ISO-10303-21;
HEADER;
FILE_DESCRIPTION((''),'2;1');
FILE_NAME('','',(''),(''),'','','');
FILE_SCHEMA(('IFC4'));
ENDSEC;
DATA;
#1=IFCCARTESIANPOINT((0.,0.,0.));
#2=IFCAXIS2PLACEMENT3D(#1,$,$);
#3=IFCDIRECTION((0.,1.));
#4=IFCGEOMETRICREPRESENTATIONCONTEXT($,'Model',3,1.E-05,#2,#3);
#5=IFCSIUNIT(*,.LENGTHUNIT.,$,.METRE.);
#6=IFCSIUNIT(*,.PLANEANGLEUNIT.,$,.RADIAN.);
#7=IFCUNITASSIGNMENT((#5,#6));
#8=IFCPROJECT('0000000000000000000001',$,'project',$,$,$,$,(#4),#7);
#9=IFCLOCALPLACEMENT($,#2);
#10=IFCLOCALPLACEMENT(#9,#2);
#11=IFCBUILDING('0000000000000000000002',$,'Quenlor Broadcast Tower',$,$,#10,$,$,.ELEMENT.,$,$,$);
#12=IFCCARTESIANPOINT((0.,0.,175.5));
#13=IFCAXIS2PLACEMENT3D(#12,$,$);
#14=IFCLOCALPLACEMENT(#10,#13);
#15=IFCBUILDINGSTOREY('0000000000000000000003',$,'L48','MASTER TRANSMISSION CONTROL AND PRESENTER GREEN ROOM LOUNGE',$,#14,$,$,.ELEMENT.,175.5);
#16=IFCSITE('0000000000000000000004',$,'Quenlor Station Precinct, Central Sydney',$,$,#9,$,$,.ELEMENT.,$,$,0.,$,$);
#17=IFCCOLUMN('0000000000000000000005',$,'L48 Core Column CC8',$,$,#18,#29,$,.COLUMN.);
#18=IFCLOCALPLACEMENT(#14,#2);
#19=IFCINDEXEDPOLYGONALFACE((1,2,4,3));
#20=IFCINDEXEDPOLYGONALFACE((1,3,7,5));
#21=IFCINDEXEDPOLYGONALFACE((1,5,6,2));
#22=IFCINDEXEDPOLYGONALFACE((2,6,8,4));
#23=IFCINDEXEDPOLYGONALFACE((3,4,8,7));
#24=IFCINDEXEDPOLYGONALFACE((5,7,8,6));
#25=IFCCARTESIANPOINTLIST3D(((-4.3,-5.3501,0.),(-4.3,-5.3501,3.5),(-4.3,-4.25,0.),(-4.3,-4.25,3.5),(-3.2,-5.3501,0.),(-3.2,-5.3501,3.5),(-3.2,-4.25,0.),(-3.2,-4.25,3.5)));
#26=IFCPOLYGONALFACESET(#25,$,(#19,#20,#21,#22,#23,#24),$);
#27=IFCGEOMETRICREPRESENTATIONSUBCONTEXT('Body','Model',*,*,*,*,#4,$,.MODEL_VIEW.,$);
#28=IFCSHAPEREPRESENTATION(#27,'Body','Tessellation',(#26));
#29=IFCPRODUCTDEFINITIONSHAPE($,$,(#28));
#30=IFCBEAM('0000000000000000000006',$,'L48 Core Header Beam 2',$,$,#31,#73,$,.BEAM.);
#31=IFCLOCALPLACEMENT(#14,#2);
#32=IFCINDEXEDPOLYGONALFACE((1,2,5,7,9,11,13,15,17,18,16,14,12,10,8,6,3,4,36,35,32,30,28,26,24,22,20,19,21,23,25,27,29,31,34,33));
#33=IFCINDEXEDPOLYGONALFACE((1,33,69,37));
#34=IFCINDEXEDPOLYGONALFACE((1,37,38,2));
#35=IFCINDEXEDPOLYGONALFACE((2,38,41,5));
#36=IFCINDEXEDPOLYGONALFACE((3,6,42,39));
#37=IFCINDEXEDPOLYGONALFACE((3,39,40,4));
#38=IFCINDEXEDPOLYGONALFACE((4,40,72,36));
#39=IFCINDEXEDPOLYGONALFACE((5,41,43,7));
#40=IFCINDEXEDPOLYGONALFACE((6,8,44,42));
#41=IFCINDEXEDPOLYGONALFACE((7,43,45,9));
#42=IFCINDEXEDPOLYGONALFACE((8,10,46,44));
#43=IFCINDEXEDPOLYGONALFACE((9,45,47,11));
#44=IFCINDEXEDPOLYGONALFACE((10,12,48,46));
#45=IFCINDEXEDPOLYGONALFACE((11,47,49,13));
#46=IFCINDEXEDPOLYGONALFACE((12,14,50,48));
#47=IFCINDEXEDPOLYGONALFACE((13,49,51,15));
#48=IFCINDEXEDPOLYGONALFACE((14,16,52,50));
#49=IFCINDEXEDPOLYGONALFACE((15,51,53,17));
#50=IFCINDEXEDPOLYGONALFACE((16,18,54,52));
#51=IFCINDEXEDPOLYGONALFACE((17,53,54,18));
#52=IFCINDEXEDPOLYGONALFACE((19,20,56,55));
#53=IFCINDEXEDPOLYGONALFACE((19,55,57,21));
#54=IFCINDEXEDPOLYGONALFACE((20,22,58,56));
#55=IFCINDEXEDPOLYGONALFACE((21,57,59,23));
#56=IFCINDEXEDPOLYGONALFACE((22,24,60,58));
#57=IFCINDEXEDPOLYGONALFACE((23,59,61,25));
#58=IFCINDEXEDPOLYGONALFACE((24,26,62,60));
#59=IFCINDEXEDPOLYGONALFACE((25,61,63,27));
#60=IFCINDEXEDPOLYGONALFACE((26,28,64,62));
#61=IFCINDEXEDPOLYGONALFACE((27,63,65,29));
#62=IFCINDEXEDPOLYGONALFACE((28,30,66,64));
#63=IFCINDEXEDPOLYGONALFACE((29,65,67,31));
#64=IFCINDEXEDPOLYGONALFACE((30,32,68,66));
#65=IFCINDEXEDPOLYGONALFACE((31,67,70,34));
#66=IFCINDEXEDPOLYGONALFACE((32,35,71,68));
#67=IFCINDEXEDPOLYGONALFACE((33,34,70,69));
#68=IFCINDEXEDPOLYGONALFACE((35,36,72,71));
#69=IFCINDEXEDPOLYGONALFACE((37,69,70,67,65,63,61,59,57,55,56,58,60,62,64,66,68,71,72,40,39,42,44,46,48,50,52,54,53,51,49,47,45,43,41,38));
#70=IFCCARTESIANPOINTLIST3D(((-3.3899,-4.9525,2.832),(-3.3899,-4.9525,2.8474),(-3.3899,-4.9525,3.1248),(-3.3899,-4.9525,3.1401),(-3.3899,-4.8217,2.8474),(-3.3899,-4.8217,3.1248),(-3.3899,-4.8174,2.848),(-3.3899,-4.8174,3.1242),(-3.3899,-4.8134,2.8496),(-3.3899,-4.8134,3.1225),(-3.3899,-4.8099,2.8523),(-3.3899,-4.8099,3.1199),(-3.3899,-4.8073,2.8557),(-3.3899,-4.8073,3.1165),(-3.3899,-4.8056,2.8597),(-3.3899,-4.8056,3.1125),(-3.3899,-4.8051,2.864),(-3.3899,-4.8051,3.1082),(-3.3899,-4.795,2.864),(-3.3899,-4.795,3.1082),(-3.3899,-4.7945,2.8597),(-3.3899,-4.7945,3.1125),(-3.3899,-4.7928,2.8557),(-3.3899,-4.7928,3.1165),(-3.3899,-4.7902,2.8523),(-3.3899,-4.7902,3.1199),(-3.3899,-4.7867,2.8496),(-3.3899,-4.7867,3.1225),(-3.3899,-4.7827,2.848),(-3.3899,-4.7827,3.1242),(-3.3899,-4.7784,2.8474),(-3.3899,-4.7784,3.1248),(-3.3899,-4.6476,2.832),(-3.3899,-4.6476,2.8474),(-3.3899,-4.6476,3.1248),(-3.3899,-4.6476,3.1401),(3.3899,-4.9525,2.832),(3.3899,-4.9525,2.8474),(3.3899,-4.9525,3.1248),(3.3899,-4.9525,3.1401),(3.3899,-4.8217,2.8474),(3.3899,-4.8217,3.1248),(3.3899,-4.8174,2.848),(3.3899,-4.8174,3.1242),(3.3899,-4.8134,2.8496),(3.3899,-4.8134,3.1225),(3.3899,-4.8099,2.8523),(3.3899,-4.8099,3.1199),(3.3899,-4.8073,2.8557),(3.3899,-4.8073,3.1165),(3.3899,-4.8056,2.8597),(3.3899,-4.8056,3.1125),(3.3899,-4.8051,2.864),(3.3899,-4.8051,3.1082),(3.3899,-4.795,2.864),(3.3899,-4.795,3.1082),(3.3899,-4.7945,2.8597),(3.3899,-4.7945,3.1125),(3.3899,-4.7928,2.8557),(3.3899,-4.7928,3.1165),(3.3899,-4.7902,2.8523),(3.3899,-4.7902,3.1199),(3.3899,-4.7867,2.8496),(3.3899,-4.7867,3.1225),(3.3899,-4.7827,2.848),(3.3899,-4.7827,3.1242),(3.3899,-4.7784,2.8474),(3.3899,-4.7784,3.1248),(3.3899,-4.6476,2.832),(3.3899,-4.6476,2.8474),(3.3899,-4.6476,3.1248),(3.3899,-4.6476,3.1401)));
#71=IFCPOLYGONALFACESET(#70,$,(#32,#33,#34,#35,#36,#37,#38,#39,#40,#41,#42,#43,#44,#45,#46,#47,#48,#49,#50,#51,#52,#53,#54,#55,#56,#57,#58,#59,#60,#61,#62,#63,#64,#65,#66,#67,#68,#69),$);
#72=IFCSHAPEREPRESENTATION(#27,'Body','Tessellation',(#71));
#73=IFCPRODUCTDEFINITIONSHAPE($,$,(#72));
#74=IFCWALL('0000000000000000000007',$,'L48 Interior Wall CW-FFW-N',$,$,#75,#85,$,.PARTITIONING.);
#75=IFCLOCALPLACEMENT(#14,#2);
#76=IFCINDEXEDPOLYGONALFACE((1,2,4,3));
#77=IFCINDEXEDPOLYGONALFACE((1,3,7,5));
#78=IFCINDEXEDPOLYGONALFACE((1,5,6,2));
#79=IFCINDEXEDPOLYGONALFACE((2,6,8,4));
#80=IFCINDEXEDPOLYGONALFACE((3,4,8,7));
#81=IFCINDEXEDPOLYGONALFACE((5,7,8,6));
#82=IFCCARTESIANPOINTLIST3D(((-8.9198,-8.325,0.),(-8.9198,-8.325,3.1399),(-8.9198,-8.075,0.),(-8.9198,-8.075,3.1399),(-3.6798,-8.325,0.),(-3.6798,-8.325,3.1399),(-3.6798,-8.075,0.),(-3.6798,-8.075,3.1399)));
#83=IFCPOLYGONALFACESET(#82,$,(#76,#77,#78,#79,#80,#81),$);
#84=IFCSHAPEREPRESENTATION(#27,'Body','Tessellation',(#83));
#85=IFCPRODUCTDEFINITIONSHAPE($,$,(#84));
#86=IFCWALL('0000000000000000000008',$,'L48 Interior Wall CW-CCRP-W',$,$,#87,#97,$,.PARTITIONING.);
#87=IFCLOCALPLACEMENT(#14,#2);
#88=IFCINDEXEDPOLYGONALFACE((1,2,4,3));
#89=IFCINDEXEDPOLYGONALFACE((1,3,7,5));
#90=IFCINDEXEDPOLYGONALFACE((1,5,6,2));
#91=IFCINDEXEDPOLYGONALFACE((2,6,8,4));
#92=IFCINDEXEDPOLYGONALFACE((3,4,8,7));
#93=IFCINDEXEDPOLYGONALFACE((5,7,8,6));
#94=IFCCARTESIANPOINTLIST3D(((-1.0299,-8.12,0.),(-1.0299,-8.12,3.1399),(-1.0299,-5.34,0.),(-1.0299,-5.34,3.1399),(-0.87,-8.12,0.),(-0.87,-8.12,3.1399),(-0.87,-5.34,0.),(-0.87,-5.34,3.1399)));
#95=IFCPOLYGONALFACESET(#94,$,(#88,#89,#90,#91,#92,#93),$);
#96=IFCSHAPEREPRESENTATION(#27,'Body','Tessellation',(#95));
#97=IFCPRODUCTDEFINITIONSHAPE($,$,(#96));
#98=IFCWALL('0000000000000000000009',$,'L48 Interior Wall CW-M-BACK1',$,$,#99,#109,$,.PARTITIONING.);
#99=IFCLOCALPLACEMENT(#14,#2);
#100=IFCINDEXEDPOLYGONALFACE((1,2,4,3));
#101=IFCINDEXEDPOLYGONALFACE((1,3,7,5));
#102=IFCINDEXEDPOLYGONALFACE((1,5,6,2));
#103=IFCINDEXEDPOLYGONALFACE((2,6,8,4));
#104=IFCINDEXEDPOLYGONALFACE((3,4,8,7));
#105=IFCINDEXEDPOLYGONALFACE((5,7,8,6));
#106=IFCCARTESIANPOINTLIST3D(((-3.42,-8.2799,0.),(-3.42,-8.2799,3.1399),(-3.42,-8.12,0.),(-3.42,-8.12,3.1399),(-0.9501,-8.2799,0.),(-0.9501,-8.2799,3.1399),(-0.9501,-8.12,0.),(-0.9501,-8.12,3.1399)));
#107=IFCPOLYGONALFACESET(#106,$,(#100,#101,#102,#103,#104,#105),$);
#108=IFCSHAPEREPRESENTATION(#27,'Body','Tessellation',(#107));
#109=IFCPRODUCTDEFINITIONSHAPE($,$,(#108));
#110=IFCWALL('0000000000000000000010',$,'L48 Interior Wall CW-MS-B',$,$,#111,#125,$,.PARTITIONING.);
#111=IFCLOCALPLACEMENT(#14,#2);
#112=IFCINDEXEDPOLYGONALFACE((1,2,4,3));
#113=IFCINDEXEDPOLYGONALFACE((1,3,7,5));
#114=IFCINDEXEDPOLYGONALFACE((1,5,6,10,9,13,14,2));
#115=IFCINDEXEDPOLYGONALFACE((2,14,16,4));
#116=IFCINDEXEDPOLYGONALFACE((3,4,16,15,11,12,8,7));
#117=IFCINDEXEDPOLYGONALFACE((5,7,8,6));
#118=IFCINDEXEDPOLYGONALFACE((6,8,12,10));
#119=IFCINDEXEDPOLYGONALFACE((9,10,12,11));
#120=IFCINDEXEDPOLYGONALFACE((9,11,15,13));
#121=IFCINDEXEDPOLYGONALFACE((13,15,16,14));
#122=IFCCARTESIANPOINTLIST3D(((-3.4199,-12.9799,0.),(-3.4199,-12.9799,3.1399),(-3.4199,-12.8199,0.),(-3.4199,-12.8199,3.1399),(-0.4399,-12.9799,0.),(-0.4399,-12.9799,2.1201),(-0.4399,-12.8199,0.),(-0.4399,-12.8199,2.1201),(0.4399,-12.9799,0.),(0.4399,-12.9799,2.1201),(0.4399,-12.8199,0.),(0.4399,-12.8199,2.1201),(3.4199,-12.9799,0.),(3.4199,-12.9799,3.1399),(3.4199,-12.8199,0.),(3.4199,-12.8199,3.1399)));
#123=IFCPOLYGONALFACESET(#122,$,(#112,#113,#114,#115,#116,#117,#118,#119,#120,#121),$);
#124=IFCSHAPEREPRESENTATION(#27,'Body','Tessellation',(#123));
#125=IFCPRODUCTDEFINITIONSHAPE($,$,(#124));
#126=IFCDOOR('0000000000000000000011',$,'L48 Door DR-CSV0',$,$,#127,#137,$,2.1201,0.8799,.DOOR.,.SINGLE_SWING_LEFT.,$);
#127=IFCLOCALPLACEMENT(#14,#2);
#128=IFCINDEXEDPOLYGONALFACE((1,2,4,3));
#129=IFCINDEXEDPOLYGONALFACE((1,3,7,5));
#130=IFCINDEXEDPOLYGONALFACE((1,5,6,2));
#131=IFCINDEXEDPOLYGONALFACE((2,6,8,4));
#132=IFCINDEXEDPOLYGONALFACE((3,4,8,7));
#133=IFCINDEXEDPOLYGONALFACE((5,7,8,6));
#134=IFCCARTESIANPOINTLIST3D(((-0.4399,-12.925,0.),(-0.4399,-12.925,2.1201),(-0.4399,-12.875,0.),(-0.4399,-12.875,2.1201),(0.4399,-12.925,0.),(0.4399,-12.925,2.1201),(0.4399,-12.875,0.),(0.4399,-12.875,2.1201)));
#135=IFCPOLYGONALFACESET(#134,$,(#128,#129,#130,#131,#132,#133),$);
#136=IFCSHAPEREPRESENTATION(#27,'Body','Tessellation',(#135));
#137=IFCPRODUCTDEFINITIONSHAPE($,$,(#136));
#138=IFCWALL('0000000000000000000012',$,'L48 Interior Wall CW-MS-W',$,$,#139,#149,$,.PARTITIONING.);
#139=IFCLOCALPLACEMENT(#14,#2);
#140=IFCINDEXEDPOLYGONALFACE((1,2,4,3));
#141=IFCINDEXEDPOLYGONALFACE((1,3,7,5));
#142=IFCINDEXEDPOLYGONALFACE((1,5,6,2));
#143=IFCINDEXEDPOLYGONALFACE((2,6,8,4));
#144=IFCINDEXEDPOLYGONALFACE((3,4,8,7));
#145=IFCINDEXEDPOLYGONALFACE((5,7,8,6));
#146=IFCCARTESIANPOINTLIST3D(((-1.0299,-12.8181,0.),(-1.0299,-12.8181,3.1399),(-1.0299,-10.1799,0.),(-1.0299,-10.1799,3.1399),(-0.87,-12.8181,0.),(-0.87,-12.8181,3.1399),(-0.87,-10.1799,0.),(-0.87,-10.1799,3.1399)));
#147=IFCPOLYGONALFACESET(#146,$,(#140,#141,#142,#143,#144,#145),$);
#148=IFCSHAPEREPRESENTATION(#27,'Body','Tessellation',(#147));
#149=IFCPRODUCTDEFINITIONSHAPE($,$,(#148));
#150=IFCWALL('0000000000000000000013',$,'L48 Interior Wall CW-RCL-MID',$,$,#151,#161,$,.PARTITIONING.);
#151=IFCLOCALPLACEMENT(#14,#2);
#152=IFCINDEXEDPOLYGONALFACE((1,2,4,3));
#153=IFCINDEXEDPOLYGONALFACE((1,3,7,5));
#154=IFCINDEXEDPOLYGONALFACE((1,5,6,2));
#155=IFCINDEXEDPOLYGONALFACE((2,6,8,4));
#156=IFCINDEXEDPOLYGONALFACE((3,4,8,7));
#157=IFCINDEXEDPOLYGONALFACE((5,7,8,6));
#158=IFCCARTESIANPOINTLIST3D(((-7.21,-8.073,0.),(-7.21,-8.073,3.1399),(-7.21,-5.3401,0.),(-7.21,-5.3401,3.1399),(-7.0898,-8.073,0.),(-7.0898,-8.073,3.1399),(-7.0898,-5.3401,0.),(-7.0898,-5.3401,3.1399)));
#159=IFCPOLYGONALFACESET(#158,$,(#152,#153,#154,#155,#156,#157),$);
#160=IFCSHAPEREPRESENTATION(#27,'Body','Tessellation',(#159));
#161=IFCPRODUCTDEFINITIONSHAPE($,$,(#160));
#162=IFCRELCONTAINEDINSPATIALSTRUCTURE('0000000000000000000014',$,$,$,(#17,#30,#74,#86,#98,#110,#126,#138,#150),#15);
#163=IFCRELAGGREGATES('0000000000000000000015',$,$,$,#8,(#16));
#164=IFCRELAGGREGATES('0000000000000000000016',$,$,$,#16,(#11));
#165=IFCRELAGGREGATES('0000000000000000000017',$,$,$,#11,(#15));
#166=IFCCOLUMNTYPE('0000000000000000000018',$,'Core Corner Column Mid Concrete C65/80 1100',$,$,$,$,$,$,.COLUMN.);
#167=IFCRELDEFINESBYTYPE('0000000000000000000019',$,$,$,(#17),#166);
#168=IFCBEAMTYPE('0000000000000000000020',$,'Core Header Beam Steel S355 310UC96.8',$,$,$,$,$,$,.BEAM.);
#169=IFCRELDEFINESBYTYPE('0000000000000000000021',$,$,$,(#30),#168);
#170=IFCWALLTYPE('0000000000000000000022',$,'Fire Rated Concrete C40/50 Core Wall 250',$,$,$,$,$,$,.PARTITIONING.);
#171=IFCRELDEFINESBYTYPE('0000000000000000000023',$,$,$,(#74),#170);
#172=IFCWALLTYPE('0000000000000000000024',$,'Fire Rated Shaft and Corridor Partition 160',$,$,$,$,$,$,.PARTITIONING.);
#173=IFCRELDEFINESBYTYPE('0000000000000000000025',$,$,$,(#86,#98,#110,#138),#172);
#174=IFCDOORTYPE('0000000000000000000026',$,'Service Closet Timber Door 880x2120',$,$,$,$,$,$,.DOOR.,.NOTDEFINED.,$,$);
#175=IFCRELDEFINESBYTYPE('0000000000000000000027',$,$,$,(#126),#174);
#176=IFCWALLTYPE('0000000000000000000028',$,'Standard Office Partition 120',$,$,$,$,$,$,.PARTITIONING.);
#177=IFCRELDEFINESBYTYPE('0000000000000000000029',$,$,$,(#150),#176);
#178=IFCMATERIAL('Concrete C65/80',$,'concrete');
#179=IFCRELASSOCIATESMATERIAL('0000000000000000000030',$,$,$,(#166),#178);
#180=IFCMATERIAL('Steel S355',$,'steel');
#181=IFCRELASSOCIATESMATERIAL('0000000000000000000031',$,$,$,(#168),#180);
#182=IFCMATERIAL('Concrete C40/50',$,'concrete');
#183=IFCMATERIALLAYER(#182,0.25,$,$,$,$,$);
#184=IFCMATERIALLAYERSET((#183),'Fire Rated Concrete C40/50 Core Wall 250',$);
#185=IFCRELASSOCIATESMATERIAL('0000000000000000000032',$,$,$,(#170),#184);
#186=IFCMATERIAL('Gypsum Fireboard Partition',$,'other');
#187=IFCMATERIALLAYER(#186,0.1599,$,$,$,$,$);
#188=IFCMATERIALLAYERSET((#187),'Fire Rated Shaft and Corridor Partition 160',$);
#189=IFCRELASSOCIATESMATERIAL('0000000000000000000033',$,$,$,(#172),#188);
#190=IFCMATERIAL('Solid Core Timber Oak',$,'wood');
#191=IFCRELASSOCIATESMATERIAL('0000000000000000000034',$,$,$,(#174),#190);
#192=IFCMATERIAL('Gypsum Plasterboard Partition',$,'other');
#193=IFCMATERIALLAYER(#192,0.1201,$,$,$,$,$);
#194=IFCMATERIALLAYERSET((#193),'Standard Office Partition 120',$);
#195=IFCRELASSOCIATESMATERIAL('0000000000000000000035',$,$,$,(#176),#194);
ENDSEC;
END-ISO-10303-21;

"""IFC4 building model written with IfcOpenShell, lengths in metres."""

from ifc_helpers import new_model, si_unit, direction, frame, frame_2d, origin, origin_2d, place, context, subcontext, project, spatial, rectangle, i_section, extrude, material, layer, layer_set, material_profile, profile_set, type_object, element, fill, save


model = new_model("IFC4")

# Units and contexts
model_context = context("Model", 3, precision=1e-05, world=origin(), true_north=direction((0.0, 1.0)))
body_context = subcontext(model_context, "Body", "Model", "MODEL_VIEW")
ifc_project = project(units=[si_unit("LENGTHUNIT", "METRE"), si_unit("PLANEANGLEUNIT", "RADIAN")], contexts=[model_context])

# Site, building, storey
site_placement = place(None, origin())
site = spatial("IfcSite", under=ifc_project, at=site_placement, Name="Quenlor Station Precinct, Central Sydney", CompositionType="ELEMENT", RefElevation=0.0)
building_placement = place(site_placement, origin())
building = spatial("IfcBuilding", under=site, at=building_placement, Name="Quenlor Broadcast Tower", CompositionType="ELEMENT")
storey_placement = place(building_placement, frame((0.0, 0.0, 175.5)))
storey = spatial("IfcBuildingStorey", under=building, at=storey_placement, Name="L48", Description="MASTER TRANSMISSION CONTROL AND PRESENTER GREEN ROOM LOUNGE", CompositionType="ELEMENT", Elevation=175.5)

# Column
ifc_material_1 = material(Name="Concrete C65/80", Category="concrete")
ifc_material_profile_1 = material_profile(ifc_material_1, rectangle(XDim=1.1001, YDim=1.1001, at=origin_2d()))
ifc_profile_set_1 = profile_set([ifc_material_profile_1], Name="Concrete C65/80 RC1100x1100")
column_type = type_object("IfcColumnType", Name="Core Corner Column Mid Concrete C65/80 1100", PredefinedType="COLUMN", material=ifc_profile_set_1)
column_placement = place(storey_placement, frame((-3.75, -4.8, 0.0), z_axis=(0.0, 0.0, 1.0), x_axis=(1.0, 0.0, 0.0)))
element("IfcColumn", 1, at=column_placement, inside=storey, type_object=column_type, Name="L48 Core Column CC8", PredefinedType="COLUMN", context=body_context, shape_type="SweptSolid", body=[
    extrude(rectangle(XDim=1.1001, YDim=1.1001, at=origin_2d()), origin(), (0.0, 0.0, 1.0), 3.5),
])

# Beam
ifc_material_2 = material(Name="Steel S355", Category="steel")
ifc_material_profile_2 = material_profile(ifc_material_2, i_section(OverallWidth=0.3049, OverallDepth=0.3081, WebThickness=0.01, FlangeThickness=0.0154, FilletRadius=0.0166, at=origin_2d()))
ifc_profile_set_2 = profile_set([ifc_material_profile_2], Name="Steel S355 310UC96.8")
beam_type = type_object("IfcBeamType", Name="Core Header Beam Steel S355 310UC96.8", PredefinedType="BEAM", material=ifc_profile_set_2)
beam_placement = place(storey_placement, frame((-3.3899, -4.8, 2.9861), z_axis=(1.0, 0.0, 0.0), x_axis=(0.0, 1.0, 0.0)))
element("IfcBeam", 2, at=beam_placement, inside=storey, type_object=beam_type, Name="L48 Core Header Beam 2", PredefinedType="BEAM", context=body_context, shape_type="SweptSolid", body=[
    extrude(i_section(OverallWidth=0.3049, OverallDepth=0.3081, WebThickness=0.01, FlangeThickness=0.0154, FilletRadius=0.0166, at=origin_2d()), origin(), (0.0, 0.0, 1.0), 6.7798),
])

# Shared definitions
ifc_material_3 = material(Name="Concrete C40/50", Category="concrete")
ifc_layer_1 = layer(ifc_material_3, 0.25)
ifc_layer_set_1 = layer_set([ifc_layer_1], Name="Fire Rated Concrete C40/50 Core Wall 250")
wall_type_1 = type_object("IfcWallType", Name="Fire Rated Concrete C40/50 Core Wall 250", PredefinedType="PARTITIONING", material=ifc_layer_set_1)

# Wall
wall_1_placement = place(storey_placement, frame((-8.9199, -8.2, 0.0), z_axis=(0.0, 0.0, 1.0), x_axis=(1.0, 0.0, 0.0)))
element("IfcWall", 3, at=wall_1_placement, inside=storey, type_object=wall_type_1, Name="L48 Interior Wall CW-FFW-N", PredefinedType="PARTITIONING", context=body_context, shape_type="SweptSolid", body=[
    extrude(rectangle(XDim=5.24, YDim=0.25, at=frame_2d((2.6201, 0.0))), origin(), (0.0, 0.0, 1.0), 3.1399),
])

# Walls
ifc_material_4 = material(Name="Gypsum Fireboard Partition", Category="other")
ifc_layer_2 = layer(ifc_material_4, 0.1599)
ifc_layer_set_2 = layer_set([ifc_layer_2], Name="Fire Rated Shaft and Corridor Partition 160")
wall_type_2 = type_object("IfcWallType", Name="Fire Rated Shaft and Corridor Partition 160", PredefinedType="PARTITIONING", material=ifc_layer_set_2)
wall_2_placement = place(storey_placement, frame((-0.95, -8.1201, 0.0), z_axis=(0.0, 0.0, 1.0), x_axis=(0.0, 1.0, 0.0)))
element("IfcWall", 4, at=wall_2_placement, inside=storey, type_object=wall_type_2, Name="L48 Interior Wall CW-CCRP-W", PredefinedType="PARTITIONING", context=body_context, shape_type="SweptSolid", body=[
    extrude(rectangle(XDim=2.78, YDim=0.1599, at=frame_2d((1.3901, 0.0))), origin(), (0.0, 0.0, 1.0), 3.1399),
])
wall_3_placement = place(storey_placement, frame((-3.4199, -8.2, 0.0), z_axis=(0.0, 0.0, 1.0), x_axis=(1.0, 0.0, 0.0)))
element("IfcWall", 5, at=wall_3_placement, inside=storey, type_object=wall_type_2, Name="L48 Interior Wall CW-M-BACK1", PredefinedType="PARTITIONING", context=body_context, shape_type="SweptSolid", body=[
    extrude(rectangle(XDim=2.47, YDim=0.1599, at=frame_2d((1.2349, 0.0))), origin(), (0.0, 0.0, 1.0), 3.1399),
])

# Wall, opening, door
wall_4_placement = place(storey_placement, frame((-3.4199, -12.8999, 0.0), z_axis=(0.0, 0.0, 1.0), x_axis=(1.0, 0.0, 0.0)))
wall_4 = element("IfcWall", 6, at=wall_4_placement, inside=storey, type_object=wall_type_2, Name="L48 Interior Wall CW-MS-B", PredefinedType="PARTITIONING", context=body_context, shape_type="SweptSolid", body=[
    extrude(rectangle(XDim=6.8398, YDim=0.1599, at=frame_2d((3.4199, 0.0))), origin(), (0.0, 0.0, 1.0), 3.1399),
])
opening_1_placement = place(wall_4_placement, frame((2.98, 0.0, 0.0)))
opening_1 = element("IfcOpeningElement", 7, at=opening_1_placement, cuts=wall_4, PredefinedType="OPENING", context=body_context, shape_type="SweptSolid", body=[
    extrude(rectangle(XDim=0.8799, YDim=2.1201, at=frame_2d((0.4399, 1.0601))), frame((0.0, 0.0898, 0.0), z_axis=(0.0, -1.0, 0.0), x_axis=(1.0, 0.0, 0.0)), (0.0, 0.0, 1.0), 0.1799),
])
ifc_material_5 = material(Name="Solid Core Timber Oak", Category="wood")
door_type_1 = type_object("IfcDoorType", Name="Service Closet Timber Door 880x2120", OperationType="NOTDEFINED", PredefinedType="DOOR", material=ifc_material_5)
door_1_placement = place(opening_1_placement, origin())
door_1 = element("IfcDoor", 8, at=door_1_placement, inside=storey, type_object=door_type_1, Name="L48 Door DR-CSV0", OperationType="SINGLE_SWING_LEFT", OverallHeight=2.1201, OverallWidth=0.8799, PredefinedType="DOOR", context=body_context, shape_type="SweptSolid", body=[
    extrude(rectangle(XDim=0.8799, YDim=2.1201, at=frame_2d((0.4399, 1.0601))), frame((0.0, 0.0249, 0.0), z_axis=(0.0, -1.0, 0.0), x_axis=(1.0, 0.0, 0.0)), (0.0, 0.0, 1.0), 0.05),
])
fill(opening_1, door_1)

# Walls
wall_5_placement = place(storey_placement, frame((-0.95, -12.8181, 0.0), z_axis=(0.0, 0.0, 1.0), x_axis=(0.0, 1.0, 0.0)))
element("IfcWall", 9, at=wall_5_placement, inside=storey, type_object=wall_type_2, Name="L48 Interior Wall CW-MS-W", PredefinedType="PARTITIONING", context=body_context, shape_type="SweptSolid", body=[
    extrude(rectangle(XDim=2.6382, YDim=0.1599, at=frame_2d((1.3191, 0.0))), origin(), (0.0, 0.0, 1.0), 3.1399),
])
ifc_material_6 = material(Name="Gypsum Plasterboard Partition", Category="other")
ifc_layer_3 = layer(ifc_material_6, 0.1201)
ifc_layer_set_3 = layer_set([ifc_layer_3], Name="Standard Office Partition 120")
wall_type_3 = type_object("IfcWallType", Name="Standard Office Partition 120", PredefinedType="PARTITIONING", material=ifc_layer_set_3)
wall_6_placement = place(storey_placement, frame((-7.1499, -8.073, 0.0), z_axis=(0.0, 0.0, 1.0), x_axis=(0.0, 1.0, 0.0)))
element("IfcWall", 10, at=wall_6_placement, inside=storey, type_object=wall_type_3, Name="L48 Interior Wall CW-RCL-MID", PredefinedType="PARTITIONING", context=body_context, shape_type="SweptSolid", body=[
    extrude(rectangle(XDim=2.7329, YDim=0.1201, at=frame_2d((1.3665, 0.0))), origin(), (0.0, 0.0, 1.0), 3.1399),
])

save(model, "model.ifc")
